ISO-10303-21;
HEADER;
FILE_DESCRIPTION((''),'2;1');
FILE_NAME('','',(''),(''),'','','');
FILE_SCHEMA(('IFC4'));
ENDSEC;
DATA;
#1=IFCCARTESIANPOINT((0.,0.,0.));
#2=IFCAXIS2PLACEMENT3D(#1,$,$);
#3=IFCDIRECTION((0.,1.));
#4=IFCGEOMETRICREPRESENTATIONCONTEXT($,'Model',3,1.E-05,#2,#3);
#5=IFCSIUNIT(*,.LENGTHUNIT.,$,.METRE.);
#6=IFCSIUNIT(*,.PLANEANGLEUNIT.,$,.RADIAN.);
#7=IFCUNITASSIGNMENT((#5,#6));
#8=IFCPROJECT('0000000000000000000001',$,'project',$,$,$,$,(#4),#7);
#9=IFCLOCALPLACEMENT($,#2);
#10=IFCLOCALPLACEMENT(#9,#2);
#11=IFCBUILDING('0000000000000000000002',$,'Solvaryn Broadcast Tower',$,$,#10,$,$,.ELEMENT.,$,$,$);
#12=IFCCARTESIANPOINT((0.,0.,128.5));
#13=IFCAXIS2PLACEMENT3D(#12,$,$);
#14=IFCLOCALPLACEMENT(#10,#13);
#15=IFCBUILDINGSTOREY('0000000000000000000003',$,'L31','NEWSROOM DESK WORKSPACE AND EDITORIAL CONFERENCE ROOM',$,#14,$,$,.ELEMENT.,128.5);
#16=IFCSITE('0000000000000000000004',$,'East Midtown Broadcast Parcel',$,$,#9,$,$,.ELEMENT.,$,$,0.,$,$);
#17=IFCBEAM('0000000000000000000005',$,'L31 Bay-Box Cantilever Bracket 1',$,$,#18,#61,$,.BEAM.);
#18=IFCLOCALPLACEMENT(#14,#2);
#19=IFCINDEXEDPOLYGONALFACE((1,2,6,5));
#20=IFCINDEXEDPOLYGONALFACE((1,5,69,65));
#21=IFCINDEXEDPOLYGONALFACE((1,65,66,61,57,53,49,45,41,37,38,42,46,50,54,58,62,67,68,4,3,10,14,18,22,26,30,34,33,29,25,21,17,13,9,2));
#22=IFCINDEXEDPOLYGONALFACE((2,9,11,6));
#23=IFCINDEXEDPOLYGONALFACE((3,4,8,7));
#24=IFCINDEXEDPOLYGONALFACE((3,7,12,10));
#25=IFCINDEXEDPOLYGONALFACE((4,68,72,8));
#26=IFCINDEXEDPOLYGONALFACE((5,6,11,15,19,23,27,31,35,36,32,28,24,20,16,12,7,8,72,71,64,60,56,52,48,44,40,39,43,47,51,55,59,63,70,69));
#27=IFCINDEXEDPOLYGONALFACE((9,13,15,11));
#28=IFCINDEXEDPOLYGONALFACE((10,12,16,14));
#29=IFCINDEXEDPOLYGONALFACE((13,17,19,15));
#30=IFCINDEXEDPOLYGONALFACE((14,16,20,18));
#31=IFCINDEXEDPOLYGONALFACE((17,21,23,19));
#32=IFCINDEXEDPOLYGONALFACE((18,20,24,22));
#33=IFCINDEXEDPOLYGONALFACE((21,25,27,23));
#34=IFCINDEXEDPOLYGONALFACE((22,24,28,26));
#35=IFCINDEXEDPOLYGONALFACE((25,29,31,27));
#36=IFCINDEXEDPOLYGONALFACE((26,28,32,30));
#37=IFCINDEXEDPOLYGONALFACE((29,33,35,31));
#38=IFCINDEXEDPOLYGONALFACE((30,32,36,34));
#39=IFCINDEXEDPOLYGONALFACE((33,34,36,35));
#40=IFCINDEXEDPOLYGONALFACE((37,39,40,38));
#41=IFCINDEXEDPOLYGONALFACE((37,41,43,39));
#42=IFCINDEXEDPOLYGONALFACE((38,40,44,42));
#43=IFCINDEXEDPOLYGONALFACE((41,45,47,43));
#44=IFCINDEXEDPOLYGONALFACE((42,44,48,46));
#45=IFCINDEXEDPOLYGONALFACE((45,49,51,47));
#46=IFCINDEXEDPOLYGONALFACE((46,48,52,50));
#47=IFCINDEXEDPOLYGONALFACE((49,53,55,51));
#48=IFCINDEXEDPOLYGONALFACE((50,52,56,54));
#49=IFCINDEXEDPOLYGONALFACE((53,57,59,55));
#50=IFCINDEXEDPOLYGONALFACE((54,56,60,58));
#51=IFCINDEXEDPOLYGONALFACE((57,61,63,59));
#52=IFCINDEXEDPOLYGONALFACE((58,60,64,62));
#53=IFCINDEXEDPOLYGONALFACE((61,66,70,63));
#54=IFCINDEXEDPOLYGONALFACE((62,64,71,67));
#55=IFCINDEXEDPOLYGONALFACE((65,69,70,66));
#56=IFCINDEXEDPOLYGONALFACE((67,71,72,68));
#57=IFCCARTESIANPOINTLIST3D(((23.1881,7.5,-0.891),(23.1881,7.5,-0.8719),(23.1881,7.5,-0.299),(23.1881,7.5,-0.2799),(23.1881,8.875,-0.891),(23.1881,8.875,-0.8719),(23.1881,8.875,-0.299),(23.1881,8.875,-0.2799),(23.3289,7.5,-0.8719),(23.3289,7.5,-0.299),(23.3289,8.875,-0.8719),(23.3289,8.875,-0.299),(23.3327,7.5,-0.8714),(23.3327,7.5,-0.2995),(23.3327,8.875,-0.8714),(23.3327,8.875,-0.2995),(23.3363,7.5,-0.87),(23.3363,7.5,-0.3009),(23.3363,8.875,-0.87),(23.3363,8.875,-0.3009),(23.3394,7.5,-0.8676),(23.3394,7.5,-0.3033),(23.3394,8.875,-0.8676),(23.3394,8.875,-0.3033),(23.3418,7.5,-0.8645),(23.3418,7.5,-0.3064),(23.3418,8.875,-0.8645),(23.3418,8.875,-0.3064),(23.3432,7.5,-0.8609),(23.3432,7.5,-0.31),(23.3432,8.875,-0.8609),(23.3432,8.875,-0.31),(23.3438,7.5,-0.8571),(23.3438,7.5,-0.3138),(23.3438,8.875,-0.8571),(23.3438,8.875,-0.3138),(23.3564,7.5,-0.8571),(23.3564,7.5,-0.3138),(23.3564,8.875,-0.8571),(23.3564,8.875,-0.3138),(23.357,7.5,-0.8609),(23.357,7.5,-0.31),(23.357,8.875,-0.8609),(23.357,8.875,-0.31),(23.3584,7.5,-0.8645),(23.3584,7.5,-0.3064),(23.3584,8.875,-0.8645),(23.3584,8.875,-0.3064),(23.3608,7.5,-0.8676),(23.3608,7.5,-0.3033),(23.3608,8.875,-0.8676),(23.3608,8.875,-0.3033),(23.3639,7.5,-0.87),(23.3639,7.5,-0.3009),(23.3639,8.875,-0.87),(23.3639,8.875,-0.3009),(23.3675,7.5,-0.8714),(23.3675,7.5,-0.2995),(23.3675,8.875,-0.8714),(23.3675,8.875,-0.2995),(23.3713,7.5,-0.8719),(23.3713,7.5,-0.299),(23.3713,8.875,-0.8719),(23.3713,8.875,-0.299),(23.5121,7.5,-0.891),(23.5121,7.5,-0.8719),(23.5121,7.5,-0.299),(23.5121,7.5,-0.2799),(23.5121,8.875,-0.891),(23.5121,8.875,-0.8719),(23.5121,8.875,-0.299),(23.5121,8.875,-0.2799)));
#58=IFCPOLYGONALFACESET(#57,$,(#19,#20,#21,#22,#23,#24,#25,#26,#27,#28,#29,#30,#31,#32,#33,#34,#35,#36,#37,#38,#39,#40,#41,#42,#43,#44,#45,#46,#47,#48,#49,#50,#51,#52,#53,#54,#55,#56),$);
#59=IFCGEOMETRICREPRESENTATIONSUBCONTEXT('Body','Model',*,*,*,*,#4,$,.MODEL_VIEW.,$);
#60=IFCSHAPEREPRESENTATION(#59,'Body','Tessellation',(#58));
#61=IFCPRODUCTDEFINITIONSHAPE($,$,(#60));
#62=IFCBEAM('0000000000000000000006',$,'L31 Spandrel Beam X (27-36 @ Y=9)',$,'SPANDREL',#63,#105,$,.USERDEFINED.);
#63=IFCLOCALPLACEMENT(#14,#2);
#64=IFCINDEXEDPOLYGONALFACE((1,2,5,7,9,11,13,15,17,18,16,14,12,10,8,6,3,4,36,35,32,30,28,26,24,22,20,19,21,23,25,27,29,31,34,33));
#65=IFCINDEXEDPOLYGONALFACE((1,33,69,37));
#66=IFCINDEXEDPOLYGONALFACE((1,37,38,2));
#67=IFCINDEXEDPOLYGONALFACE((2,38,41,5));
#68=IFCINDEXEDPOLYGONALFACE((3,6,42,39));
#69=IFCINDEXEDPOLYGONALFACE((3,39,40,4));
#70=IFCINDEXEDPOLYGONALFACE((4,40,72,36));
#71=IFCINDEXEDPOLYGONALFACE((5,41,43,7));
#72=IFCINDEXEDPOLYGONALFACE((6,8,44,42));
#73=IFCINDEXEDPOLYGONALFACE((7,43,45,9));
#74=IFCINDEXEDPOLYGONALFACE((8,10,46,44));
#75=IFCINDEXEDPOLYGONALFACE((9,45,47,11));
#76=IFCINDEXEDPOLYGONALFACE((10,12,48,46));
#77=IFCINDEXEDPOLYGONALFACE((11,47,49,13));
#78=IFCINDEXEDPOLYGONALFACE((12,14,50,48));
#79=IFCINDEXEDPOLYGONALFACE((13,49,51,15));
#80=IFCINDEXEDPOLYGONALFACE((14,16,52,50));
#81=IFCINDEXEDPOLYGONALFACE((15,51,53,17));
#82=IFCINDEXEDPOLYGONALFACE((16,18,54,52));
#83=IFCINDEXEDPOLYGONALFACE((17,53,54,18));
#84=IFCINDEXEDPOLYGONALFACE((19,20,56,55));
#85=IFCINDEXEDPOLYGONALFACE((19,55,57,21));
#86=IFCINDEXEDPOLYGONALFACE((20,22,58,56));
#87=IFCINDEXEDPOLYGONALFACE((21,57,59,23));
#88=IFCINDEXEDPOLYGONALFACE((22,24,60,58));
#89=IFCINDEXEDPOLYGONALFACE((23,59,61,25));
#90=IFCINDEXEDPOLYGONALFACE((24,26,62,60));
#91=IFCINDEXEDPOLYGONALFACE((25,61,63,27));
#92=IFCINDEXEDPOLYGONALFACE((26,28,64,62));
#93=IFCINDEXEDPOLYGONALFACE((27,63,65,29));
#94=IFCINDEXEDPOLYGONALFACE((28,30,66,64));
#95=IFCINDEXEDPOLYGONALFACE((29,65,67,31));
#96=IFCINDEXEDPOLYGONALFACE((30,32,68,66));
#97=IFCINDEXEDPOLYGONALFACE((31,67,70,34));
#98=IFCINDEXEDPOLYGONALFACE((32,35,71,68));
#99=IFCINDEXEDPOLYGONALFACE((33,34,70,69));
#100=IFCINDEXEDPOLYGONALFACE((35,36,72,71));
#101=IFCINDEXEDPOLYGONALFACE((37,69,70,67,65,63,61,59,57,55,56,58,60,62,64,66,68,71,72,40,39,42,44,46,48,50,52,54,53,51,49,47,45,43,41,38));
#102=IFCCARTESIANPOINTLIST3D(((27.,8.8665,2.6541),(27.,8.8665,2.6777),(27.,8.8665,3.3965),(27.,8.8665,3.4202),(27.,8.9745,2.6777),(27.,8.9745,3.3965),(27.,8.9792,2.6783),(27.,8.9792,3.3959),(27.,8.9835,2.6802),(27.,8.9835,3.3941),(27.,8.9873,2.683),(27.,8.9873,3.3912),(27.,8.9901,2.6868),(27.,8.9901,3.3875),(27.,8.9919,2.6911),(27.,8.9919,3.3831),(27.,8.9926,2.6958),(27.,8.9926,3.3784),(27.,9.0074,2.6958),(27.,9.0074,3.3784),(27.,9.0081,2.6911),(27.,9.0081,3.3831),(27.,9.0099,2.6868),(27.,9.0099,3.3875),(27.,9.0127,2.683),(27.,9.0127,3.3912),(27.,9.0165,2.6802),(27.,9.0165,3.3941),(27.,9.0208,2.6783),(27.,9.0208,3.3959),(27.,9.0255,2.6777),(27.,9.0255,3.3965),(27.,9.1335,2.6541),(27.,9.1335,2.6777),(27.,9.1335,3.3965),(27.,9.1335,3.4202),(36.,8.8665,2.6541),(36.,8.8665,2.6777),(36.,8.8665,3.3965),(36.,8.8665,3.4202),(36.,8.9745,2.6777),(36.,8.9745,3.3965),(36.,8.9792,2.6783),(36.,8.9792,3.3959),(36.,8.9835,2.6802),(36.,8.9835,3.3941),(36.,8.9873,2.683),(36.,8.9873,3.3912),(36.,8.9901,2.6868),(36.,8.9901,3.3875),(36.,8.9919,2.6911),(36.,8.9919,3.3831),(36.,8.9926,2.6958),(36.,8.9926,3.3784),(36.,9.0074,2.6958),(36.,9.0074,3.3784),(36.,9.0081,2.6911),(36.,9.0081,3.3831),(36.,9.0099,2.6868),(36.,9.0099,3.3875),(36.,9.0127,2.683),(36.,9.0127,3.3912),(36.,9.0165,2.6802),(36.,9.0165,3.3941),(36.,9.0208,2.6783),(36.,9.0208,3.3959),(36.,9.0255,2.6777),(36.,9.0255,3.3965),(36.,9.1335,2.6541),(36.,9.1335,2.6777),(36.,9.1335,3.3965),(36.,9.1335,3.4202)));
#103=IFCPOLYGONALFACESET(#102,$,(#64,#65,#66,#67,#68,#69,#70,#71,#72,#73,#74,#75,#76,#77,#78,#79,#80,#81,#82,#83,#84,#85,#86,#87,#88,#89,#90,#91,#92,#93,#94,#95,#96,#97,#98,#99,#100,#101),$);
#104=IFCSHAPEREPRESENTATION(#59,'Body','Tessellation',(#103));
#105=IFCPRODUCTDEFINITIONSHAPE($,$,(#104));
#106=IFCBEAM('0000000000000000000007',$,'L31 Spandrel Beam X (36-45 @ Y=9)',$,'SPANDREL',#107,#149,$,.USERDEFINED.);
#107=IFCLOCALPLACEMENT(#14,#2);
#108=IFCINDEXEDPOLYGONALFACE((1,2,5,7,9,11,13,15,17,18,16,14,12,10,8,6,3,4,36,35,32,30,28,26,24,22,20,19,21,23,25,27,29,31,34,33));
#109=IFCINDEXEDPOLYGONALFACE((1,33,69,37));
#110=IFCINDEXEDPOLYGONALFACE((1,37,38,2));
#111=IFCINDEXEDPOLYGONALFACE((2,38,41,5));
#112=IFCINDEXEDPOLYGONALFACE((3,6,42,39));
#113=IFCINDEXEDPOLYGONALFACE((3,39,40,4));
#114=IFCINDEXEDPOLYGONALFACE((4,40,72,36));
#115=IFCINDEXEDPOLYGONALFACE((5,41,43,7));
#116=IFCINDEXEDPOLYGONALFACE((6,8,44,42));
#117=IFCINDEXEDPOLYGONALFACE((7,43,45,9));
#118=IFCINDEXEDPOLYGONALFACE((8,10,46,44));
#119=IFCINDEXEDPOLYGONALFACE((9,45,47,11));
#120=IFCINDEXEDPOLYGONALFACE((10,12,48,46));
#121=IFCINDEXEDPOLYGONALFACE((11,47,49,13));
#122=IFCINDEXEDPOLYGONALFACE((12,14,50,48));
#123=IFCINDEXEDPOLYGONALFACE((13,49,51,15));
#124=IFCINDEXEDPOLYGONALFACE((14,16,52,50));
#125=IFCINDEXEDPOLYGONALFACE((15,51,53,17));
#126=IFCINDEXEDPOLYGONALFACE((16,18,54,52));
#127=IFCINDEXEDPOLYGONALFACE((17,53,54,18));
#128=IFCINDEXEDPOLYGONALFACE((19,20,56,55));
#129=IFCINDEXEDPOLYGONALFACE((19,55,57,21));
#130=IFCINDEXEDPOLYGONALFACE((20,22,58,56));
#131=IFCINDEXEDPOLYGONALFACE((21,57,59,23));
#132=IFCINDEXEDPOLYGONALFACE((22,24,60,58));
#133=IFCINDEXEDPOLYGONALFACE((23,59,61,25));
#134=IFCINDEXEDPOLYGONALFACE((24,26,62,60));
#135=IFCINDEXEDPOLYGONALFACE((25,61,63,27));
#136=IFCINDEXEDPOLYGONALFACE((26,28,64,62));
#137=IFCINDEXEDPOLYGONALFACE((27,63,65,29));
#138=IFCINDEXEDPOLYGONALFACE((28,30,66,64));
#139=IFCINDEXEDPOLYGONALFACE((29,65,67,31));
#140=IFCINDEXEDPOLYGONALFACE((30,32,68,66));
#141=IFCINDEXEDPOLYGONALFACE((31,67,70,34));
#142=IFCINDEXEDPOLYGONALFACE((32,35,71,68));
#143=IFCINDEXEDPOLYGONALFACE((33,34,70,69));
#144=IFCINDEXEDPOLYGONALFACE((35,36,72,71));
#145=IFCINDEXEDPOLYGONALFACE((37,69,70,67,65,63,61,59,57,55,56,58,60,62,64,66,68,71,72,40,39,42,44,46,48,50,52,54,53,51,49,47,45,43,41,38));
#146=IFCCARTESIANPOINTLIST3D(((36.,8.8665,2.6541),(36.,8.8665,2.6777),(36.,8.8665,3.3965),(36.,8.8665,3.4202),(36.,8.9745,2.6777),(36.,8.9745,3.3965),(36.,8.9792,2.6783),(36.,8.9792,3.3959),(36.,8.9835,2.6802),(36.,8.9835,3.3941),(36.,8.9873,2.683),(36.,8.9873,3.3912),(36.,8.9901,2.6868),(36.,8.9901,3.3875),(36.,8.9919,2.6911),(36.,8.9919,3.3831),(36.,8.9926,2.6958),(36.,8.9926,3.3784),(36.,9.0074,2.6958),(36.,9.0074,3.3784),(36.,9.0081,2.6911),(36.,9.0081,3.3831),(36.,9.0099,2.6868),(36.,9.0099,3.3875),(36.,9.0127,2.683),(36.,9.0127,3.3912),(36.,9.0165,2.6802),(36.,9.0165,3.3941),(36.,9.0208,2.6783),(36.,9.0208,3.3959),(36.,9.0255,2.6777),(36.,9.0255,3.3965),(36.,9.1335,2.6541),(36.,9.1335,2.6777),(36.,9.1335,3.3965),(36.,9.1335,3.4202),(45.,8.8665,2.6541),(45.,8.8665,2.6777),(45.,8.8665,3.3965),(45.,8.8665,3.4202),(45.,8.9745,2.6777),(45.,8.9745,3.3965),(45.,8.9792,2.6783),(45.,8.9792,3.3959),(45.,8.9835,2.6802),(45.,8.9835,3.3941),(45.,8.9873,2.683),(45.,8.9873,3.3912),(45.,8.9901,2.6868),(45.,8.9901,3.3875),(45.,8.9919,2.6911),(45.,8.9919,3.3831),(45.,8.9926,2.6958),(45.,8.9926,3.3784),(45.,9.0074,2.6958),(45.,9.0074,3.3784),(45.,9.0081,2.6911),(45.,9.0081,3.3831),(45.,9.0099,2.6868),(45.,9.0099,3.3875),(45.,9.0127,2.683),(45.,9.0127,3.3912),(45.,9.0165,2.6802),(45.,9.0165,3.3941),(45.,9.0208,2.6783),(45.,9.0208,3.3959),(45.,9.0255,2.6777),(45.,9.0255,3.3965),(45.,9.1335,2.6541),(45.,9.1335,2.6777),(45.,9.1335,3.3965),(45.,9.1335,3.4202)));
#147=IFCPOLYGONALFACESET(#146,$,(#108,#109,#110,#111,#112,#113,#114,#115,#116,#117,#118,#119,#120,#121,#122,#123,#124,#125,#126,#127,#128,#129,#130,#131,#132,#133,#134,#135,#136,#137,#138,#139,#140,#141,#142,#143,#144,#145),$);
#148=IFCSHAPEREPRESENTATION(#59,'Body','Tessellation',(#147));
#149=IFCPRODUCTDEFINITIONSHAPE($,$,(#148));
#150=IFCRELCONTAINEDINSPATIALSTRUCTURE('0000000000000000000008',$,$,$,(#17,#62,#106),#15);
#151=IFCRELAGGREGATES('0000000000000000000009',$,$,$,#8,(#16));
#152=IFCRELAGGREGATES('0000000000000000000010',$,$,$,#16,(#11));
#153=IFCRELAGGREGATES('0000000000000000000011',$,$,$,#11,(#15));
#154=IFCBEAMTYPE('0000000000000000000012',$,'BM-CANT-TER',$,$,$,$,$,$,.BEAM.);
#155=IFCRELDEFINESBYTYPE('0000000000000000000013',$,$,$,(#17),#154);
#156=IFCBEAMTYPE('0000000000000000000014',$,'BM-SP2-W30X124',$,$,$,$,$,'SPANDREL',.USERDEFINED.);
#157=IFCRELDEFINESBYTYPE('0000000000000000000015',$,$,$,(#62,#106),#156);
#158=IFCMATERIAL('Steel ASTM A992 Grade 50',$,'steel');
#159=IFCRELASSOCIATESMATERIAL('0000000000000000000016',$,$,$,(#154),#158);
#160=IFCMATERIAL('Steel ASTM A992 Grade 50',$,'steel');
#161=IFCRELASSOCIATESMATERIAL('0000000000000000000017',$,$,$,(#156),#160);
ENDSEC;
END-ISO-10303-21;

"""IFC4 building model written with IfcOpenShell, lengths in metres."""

from ifc_helpers import new_model, si_unit, direction, frame, origin, origin_2d, place, context, subcontext, project, spatial, i_section, extrude, material, material_profile, profile_set, type_object, element, save


model = new_model("IFC4")

# Units and contexts
model_context = context("Model", 3, precision=1e-05, world=origin(), true_north=direction((0.0, 1.0)))
body_context = subcontext(model_context, "Body", "Model", "MODEL_VIEW")
ifc_project = project(units=[si_unit("LENGTHUNIT", "METRE"), si_unit("PLANEANGLEUNIT", "RADIAN")], contexts=[model_context])

# Site, building, storey
site_placement = place(None, origin())
site = spatial("IfcSite", under=ifc_project, at=site_placement, Name="East Midtown Broadcast Parcel", CompositionType="ELEMENT", RefElevation=0.0)
building_placement = place(site_placement, origin())
building = spatial("IfcBuilding", under=site, at=building_placement, Name="Solvaryn Broadcast Tower", CompositionType="ELEMENT")
storey_placement = place(building_placement, frame((0.0, 0.0, 128.5)))
storey = spatial("IfcBuildingStorey", under=building, at=storey_placement, Name="L31", Description="NEWSROOM DESK WORKSPACE AND EDITORIAL CONFERENCE ROOM", CompositionType="ELEMENT", Elevation=128.5)

# Beams
ifc_material_1 = material(Name="Steel ASTM A992 Grade 50", Category="steel")
ifc_material_profile_1 = material_profile(ifc_material_1, i_section(OverallWidth=0.324, OverallDepth=0.6111, WebThickness=0.0127, FlangeThickness=0.019, FilletRadius=0.0149, at=origin_2d()))
ifc_profile_set_1 = profile_set([ifc_material_profile_1], Name="Steel ASTM A992 Grade 50")
beam_type_1 = type_object("IfcBeamType", Name="BM-CANT-TER", PredefinedType="BEAM", material=ifc_profile_set_1)
beam_1_placement = place(storey_placement, frame((23.3501, 8.875, -0.5854), z_axis=(0.0, -1.0, 0.0), x_axis=(1.0, 0.0, 0.0)))
element("IfcBeam", 1, at=beam_1_placement, inside=storey, type_object=beam_type_1, Name="L31 Bay-Box Cantilever Bracket 1", PredefinedType="BEAM", context=body_context, shape_type="SweptSolid", body=[
    extrude(i_section(OverallWidth=0.324, OverallDepth=0.6111, WebThickness=0.0127, FlangeThickness=0.019, FilletRadius=0.0149, at=origin_2d()), origin(), (0.0, 0.0, 1.0), 1.375),
])
ifc_material_2 = material(Name="Steel ASTM A992 Grade 50", Category="steel")
ifc_material_profile_2 = material_profile(ifc_material_2, i_section(OverallWidth=0.2671, OverallDepth=0.7661, WebThickness=0.0149, FlangeThickness=0.0237, FilletRadius=0.0181, at=origin_2d()))
ifc_profile_set_2 = profile_set([ifc_material_profile_2], Name="Steel ASTM A992 Grade 50")
beam_type_2 = type_object("IfcBeamType", Name="BM-SP2-W30X124", ElementType="SPANDREL", PredefinedType="USERDEFINED", material=ifc_profile_set_2)
for number, where, z_axis, x_axis, name in (
    (2, (27.0, 9.0, 3.0371), (1.0, 0.0, 0.0), (0.0, 1.0, 0.0), "L31 Spandrel Beam X (27-36 @ Y=9)"),
    (3, (36.0, 9.0, 3.0371), (1.0, 0.0, 0.0), (0.0, 1.0, 0.0), "L31 Spandrel Beam X (36-45 @ Y=9)"),
):
    element("IfcBeam", number, at=place(storey_placement, frame(where, z_axis=z_axis, x_axis=x_axis)), inside=storey, type_object=beam_type_2, Name=name, ObjectType="SPANDREL", PredefinedType="USERDEFINED", context=body_context, shape_type="SweptSolid", body=[
        extrude(i_section(OverallWidth=0.2671, OverallDepth=0.7661, WebThickness=0.0149, FlangeThickness=0.0237, FilletRadius=0.0181, at=origin_2d()), origin(), (0.0, 0.0, 1.0), 9.0),
    ])

save(model, "model.ifc")
